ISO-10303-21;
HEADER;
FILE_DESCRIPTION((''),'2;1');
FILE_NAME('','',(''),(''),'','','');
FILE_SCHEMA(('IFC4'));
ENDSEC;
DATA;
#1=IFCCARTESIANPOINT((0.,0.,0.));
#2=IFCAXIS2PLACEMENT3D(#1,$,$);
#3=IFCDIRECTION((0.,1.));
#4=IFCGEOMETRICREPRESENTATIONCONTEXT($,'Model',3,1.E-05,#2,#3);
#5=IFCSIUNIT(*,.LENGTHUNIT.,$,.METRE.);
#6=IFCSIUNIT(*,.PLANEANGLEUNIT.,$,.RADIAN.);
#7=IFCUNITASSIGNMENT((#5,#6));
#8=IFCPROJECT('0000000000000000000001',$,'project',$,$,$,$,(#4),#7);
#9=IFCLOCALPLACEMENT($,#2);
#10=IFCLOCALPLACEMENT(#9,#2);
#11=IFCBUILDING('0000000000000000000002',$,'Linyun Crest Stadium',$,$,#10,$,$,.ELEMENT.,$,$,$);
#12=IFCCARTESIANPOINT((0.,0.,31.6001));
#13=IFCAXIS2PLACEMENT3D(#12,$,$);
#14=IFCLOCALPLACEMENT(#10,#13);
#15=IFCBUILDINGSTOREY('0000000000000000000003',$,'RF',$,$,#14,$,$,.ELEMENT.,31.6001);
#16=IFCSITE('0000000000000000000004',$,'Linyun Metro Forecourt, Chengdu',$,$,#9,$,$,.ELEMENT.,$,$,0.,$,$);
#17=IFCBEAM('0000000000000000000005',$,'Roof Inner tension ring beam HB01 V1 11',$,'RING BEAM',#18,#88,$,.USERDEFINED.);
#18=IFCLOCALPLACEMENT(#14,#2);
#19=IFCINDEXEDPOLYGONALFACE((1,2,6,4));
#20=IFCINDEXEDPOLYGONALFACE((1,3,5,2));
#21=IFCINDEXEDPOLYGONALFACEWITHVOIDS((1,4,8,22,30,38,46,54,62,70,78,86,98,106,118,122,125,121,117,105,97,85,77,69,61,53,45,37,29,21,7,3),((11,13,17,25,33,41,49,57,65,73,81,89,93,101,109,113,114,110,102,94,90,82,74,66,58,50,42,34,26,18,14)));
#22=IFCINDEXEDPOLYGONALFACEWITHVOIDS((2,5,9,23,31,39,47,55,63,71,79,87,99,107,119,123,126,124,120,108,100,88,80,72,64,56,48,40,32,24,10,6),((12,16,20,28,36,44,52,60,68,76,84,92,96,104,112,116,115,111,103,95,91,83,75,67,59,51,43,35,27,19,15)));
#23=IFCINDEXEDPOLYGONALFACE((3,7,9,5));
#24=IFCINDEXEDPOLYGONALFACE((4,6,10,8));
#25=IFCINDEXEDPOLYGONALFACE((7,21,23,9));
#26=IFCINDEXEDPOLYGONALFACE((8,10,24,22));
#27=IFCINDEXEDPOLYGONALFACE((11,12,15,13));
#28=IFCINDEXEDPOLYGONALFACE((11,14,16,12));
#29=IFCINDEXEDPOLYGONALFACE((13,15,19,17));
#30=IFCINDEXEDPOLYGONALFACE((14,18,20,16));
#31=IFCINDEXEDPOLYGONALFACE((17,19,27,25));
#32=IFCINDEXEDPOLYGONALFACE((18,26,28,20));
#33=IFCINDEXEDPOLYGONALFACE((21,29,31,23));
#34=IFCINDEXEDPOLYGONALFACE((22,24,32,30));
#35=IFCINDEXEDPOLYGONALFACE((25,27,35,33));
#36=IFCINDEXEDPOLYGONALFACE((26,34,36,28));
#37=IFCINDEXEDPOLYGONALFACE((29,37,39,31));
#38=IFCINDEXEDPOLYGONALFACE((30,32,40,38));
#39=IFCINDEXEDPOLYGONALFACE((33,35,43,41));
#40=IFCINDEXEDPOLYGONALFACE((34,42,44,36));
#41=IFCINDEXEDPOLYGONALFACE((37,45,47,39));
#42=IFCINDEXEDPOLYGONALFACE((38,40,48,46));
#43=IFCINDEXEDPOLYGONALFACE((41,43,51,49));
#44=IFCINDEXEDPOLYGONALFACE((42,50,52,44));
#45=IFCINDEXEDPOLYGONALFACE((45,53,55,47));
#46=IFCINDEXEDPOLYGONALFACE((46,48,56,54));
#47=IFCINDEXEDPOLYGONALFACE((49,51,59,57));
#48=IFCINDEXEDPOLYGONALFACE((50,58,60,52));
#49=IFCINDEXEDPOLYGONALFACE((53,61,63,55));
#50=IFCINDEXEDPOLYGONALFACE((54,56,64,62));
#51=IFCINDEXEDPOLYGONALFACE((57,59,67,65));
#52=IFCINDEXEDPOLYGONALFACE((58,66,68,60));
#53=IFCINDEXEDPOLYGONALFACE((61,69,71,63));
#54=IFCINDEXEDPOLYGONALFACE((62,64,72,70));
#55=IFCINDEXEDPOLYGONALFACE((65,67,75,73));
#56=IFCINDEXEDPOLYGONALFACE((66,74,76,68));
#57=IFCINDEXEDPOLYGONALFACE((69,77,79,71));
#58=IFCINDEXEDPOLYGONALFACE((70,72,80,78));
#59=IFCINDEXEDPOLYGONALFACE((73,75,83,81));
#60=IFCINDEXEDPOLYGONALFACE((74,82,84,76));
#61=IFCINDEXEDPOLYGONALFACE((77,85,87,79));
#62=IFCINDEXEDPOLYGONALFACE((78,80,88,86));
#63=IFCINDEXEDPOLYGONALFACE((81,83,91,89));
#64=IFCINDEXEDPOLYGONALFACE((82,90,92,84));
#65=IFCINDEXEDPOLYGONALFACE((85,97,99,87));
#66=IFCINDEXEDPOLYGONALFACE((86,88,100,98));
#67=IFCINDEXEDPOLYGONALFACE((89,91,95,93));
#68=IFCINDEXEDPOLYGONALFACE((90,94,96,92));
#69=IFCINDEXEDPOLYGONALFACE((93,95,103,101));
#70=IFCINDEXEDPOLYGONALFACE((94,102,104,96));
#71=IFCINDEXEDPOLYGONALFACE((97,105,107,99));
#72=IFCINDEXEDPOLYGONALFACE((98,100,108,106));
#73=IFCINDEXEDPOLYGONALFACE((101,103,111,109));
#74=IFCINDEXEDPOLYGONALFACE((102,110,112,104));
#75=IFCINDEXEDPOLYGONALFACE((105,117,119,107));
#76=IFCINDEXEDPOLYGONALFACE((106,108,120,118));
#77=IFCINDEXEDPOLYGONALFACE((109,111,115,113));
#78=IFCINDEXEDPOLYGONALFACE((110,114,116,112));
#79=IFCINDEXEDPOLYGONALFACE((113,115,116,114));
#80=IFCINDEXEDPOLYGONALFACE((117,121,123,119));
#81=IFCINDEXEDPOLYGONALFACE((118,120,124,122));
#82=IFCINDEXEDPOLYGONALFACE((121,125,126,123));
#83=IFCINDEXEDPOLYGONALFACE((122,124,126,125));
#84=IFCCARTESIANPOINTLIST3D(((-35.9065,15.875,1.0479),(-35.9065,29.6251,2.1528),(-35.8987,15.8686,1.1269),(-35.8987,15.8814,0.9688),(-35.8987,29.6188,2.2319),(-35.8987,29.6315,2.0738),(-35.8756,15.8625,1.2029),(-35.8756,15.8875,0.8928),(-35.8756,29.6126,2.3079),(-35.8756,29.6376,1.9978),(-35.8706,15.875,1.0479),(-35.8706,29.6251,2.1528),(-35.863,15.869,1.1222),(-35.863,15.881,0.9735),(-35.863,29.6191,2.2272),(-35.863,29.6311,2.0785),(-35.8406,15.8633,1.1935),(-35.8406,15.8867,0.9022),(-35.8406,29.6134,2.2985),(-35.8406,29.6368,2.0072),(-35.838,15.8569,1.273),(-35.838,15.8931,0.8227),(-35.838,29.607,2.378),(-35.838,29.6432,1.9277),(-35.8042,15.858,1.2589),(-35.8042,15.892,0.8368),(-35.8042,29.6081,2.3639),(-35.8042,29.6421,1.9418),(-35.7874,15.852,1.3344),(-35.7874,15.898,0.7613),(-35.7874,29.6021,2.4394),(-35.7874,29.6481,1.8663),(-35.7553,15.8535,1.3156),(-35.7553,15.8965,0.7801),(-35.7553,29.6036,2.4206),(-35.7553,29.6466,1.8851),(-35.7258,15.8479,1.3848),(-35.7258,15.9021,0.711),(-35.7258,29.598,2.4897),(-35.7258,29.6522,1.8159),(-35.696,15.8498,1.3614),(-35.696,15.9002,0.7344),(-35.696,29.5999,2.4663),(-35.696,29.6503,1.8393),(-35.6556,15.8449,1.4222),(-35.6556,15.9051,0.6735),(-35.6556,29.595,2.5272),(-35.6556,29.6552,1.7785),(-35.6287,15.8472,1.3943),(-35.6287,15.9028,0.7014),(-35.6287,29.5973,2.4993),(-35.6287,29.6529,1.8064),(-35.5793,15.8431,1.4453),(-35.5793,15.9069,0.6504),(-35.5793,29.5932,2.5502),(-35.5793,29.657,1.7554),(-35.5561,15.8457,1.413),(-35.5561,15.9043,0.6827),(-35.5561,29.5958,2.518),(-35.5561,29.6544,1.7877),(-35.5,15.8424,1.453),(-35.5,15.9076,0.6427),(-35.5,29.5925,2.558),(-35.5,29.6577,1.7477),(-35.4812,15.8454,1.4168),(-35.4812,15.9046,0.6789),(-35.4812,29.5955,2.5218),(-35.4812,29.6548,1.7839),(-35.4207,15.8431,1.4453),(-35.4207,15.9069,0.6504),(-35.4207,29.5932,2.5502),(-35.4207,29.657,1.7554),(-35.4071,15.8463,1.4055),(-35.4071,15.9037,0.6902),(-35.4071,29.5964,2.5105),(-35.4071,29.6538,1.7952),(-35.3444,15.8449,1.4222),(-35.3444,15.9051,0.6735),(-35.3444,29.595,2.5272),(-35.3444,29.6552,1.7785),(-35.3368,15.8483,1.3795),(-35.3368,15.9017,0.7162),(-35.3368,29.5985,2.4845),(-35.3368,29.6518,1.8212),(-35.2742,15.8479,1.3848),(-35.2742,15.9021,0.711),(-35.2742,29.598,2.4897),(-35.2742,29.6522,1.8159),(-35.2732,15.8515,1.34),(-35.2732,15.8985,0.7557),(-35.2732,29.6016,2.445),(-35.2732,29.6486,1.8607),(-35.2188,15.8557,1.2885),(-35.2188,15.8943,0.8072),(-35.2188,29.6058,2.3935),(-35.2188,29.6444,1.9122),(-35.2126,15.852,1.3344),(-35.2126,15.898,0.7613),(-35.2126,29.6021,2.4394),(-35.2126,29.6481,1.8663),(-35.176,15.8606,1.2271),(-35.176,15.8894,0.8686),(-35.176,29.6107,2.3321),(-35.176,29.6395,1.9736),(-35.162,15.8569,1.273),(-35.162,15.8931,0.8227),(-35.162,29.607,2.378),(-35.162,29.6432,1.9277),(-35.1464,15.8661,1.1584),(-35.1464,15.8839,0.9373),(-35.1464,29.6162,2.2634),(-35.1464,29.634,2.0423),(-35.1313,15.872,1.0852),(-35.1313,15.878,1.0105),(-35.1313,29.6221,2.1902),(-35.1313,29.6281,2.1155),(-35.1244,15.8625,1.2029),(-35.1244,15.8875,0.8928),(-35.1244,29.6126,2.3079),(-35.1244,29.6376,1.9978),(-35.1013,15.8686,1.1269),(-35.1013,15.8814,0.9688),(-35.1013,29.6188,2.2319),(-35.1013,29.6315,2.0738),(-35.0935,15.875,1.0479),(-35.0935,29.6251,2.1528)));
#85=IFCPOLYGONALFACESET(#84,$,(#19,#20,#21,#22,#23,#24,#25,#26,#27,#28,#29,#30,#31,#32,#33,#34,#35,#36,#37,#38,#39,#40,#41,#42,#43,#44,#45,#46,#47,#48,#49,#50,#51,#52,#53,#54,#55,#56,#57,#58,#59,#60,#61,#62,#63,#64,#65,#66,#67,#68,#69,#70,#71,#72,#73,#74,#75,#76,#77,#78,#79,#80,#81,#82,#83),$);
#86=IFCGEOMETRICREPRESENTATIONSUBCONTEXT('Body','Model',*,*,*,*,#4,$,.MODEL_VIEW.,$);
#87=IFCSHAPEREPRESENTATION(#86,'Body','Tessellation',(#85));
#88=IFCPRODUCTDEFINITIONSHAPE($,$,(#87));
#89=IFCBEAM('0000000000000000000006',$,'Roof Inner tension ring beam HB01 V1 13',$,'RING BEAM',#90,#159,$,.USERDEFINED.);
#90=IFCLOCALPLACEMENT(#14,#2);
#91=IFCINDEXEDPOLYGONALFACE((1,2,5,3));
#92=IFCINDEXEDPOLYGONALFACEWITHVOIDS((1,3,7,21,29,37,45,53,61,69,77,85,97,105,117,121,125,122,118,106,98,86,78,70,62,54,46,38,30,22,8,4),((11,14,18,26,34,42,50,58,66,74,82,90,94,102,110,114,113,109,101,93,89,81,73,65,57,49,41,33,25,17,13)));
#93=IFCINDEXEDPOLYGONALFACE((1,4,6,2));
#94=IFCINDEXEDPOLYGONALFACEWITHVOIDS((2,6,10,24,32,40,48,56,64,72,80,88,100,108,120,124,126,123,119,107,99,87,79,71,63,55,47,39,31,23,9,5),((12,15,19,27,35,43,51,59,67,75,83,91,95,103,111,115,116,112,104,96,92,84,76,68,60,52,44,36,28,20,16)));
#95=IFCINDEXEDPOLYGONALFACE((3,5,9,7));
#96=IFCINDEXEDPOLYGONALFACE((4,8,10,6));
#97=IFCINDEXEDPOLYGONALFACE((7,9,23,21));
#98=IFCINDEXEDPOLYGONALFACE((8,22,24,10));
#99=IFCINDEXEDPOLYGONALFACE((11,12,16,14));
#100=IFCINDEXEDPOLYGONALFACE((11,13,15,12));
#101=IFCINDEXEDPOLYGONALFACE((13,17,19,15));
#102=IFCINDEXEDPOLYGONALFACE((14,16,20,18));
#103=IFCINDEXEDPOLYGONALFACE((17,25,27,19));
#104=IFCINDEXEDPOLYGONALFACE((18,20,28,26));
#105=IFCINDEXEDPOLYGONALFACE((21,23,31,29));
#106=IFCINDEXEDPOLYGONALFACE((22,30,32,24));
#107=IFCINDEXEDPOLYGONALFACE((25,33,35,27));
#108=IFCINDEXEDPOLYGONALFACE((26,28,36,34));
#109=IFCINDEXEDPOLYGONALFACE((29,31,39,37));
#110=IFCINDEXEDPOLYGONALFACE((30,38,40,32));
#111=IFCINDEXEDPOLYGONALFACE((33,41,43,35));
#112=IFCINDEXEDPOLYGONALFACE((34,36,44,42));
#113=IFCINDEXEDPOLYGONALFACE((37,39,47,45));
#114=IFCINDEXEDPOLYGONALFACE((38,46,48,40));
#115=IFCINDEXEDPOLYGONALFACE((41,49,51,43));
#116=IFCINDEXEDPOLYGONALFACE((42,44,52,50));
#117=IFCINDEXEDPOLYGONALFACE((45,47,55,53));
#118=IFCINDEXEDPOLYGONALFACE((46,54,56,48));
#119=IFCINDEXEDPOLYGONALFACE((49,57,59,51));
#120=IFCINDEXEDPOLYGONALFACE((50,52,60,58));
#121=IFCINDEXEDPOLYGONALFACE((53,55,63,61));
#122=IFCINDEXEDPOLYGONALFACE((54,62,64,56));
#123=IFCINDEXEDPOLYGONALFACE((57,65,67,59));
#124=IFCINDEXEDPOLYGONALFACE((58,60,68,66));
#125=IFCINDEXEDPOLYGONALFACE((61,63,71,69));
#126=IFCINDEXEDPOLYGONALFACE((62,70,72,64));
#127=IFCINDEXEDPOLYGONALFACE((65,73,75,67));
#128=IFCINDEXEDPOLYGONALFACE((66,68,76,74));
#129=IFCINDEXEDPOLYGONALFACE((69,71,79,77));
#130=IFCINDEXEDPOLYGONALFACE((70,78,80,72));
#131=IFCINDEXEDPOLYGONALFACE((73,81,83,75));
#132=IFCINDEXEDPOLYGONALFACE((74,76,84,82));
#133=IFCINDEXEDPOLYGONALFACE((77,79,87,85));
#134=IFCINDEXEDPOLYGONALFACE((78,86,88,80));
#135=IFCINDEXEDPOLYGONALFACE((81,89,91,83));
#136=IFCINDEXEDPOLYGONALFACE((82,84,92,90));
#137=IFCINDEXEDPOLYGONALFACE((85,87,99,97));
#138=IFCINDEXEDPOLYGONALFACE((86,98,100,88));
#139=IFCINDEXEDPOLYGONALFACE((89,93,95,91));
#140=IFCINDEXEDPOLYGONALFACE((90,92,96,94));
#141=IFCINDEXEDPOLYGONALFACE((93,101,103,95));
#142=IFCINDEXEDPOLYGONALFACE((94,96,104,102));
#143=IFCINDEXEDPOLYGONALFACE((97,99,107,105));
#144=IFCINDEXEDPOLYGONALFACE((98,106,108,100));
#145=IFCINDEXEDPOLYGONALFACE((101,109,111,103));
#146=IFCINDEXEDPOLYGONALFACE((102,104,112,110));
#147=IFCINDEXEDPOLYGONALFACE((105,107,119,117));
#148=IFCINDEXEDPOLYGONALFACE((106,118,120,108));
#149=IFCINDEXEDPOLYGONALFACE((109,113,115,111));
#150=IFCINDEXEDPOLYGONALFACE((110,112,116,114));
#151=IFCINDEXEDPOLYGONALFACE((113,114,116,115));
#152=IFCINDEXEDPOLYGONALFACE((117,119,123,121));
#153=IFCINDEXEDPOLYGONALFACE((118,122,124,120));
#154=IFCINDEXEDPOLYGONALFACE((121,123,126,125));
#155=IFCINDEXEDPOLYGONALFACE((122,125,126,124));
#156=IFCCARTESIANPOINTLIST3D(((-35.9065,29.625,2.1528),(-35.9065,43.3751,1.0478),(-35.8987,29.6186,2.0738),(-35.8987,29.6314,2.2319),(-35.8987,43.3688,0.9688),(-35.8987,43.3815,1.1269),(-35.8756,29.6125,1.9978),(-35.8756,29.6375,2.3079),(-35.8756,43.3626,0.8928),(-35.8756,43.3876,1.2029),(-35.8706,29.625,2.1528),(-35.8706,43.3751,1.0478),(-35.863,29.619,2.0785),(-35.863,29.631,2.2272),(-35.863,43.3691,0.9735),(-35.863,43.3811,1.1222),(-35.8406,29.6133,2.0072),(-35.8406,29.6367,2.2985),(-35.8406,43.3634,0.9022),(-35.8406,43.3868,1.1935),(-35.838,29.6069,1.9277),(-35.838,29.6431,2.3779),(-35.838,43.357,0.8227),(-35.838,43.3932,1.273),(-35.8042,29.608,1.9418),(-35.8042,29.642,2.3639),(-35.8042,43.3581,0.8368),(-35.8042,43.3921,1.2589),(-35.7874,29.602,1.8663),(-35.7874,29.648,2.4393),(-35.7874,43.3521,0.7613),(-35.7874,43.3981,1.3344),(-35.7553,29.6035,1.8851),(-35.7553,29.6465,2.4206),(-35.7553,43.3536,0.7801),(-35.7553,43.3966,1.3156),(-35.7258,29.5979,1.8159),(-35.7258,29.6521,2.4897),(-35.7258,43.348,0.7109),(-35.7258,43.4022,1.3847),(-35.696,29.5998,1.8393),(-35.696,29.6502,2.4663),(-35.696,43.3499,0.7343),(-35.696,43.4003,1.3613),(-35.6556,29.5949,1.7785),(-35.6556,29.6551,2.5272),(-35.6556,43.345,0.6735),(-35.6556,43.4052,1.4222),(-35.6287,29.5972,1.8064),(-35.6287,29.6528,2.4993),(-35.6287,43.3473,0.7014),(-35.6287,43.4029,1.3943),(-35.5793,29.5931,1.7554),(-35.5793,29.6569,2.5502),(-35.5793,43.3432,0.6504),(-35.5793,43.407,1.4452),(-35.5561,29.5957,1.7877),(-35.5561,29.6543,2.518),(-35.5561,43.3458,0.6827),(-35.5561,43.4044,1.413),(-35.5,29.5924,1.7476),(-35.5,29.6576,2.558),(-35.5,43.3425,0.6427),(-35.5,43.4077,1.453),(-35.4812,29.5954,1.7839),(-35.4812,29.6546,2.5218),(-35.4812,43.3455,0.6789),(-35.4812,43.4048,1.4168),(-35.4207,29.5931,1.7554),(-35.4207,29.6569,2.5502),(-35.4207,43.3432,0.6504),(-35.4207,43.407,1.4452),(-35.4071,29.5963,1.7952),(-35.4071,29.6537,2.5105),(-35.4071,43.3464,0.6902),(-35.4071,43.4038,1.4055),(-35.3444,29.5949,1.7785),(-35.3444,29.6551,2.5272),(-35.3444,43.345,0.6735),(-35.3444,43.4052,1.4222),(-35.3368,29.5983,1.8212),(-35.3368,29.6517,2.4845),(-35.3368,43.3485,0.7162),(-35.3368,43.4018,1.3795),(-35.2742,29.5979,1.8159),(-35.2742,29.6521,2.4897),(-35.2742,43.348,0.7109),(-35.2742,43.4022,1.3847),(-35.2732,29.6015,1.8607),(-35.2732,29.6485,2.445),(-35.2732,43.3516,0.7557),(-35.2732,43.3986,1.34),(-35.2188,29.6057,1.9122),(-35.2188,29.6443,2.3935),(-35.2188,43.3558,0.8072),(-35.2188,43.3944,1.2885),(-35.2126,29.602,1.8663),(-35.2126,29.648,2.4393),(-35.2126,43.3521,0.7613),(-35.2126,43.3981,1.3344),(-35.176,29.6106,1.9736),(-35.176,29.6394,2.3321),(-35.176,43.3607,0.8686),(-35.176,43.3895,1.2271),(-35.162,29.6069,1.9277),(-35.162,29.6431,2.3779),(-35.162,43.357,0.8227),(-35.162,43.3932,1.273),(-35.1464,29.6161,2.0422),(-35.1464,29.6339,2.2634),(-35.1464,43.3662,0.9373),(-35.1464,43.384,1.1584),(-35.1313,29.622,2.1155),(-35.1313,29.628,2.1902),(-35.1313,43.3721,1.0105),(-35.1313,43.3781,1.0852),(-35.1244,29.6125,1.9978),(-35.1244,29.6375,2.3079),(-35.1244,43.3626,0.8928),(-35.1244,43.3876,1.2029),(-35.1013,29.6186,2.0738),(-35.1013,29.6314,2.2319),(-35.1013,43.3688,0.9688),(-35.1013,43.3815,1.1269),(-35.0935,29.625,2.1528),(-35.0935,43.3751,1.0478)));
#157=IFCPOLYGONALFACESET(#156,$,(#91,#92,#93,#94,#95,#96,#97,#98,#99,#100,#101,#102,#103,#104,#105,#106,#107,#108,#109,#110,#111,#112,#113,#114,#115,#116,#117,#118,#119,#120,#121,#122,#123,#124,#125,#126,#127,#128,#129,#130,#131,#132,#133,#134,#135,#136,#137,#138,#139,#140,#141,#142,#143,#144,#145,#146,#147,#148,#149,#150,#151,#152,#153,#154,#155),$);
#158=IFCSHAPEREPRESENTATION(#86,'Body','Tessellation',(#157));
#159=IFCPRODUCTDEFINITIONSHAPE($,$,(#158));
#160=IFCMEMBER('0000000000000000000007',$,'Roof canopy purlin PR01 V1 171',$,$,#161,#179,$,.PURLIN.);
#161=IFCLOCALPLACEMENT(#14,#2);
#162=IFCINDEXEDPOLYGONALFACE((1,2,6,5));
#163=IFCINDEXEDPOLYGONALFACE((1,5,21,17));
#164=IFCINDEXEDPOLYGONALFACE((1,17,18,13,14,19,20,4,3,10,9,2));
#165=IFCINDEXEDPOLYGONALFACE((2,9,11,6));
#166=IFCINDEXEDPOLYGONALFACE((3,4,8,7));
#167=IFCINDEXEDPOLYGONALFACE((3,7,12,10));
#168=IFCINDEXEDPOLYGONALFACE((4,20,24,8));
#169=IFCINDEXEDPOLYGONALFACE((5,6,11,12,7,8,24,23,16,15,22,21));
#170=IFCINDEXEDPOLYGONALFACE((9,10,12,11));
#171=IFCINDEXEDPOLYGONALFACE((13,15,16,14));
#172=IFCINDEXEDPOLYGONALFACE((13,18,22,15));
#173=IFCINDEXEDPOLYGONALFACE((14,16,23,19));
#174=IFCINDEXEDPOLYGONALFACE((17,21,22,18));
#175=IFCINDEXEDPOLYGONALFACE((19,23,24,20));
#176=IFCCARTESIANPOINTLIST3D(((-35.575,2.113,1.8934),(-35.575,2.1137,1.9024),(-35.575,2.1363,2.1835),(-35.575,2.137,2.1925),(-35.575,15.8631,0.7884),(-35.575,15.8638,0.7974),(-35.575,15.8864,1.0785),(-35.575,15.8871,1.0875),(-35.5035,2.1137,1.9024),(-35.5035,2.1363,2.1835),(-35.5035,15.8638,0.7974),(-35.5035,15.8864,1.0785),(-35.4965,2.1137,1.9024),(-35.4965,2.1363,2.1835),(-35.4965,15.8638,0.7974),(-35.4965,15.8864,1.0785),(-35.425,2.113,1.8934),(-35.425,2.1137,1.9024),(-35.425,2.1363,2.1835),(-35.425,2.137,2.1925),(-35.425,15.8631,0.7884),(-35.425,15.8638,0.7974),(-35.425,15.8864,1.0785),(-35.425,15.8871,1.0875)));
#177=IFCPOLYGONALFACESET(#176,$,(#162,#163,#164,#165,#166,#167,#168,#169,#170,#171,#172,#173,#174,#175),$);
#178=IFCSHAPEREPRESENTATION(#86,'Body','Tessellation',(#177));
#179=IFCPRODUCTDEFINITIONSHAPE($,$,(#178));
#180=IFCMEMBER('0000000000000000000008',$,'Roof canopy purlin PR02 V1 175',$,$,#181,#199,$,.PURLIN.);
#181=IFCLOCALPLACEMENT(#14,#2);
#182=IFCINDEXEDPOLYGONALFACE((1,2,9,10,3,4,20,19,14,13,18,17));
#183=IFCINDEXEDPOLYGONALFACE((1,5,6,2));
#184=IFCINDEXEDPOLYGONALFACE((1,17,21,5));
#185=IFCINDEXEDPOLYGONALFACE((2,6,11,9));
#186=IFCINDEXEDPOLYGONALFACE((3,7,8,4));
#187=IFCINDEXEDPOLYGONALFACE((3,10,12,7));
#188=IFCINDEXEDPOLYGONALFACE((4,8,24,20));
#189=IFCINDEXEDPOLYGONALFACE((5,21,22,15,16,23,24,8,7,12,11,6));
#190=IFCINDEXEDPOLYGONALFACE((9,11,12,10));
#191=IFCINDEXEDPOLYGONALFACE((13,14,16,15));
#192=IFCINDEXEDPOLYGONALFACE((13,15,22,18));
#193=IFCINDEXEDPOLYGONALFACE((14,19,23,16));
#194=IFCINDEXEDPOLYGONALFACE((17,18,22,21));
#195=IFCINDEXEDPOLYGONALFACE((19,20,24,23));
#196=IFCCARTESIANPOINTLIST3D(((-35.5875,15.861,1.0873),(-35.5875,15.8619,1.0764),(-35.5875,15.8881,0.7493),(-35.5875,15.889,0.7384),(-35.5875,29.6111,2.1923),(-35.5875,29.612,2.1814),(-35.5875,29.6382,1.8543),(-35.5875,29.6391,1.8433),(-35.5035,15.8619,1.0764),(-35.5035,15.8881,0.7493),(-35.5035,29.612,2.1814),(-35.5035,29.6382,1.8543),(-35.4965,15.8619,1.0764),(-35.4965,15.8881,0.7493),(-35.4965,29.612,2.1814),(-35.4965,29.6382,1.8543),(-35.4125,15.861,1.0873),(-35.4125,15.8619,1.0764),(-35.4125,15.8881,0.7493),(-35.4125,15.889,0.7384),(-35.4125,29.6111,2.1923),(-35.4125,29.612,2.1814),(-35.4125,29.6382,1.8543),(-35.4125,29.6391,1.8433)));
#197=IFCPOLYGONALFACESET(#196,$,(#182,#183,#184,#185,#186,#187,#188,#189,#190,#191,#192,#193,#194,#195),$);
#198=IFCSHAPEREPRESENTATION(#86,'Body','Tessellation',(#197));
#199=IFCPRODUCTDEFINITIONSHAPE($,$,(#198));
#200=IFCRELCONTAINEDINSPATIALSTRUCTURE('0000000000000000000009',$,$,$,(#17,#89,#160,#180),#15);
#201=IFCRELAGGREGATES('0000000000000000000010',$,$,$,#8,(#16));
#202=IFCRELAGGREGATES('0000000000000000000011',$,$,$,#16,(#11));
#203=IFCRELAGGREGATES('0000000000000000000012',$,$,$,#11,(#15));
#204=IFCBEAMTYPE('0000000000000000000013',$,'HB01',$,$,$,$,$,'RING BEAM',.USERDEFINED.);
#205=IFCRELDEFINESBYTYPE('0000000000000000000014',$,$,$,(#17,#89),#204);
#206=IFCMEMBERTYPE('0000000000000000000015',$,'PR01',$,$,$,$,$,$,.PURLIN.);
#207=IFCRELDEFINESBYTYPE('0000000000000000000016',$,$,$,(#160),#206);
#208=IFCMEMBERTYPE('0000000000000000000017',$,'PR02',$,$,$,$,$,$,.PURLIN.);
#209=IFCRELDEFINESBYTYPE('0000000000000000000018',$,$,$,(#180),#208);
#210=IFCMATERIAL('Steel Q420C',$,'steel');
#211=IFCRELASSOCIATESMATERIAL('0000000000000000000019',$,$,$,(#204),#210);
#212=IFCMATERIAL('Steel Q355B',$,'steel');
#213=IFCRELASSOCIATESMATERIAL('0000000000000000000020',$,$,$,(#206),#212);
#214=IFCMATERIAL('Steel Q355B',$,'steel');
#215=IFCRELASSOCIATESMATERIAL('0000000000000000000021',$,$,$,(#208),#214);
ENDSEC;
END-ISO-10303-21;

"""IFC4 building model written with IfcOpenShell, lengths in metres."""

from ifc_helpers import new_model, si_unit, direction, frame, origin, origin_2d, place, context, subcontext, project, spatial, hollow_circle, i_section, extrude, material, material_profile, profile_set, type_object, element, save


model = new_model("IFC4")

# Units and contexts
model_context = context("Model", 3, precision=1e-05, world=origin(), true_north=direction((0.0, 1.0)))
body_context = subcontext(model_context, "Body", "Model", "MODEL_VIEW")
ifc_project = project(units=[si_unit("LENGTHUNIT", "METRE"), si_unit("PLANEANGLEUNIT", "RADIAN")], contexts=[model_context])

# Site, building, storey
site_placement = place(None, origin())
site = spatial("IfcSite", under=ifc_project, at=site_placement, Name="Linyun Metro Forecourt, Chengdu", CompositionType="ELEMENT", RefElevation=0.0)
building_placement = place(site_placement, origin())
building = spatial("IfcBuilding", under=site, at=building_placement, Name="Linyun Crest Stadium", CompositionType="ELEMENT")
storey_placement = place(building_placement, frame((0.0, 0.0, 31.6001)))
storey = spatial("IfcBuildingStorey", under=building, at=storey_placement, Name="RF", CompositionType="ELEMENT", Elevation=31.6001)

# Beams
ifc_material_1 = material(Name="Steel Q420C", Category="steel")
ifc_material_profile_1 = material_profile(ifc_material_1, hollow_circle(Radius=0.4065, WallThickness=0.0359, at=origin_2d()), Name="CHS 813x36")
ifc_profile_set_1 = profile_set([ifc_material_profile_1], Name="Steel Q420C")
beam_type = type_object("IfcBeamType", Name="HB01", ElementType="RING BEAM", PredefinedType="USERDEFINED", material=ifc_profile_set_1)
for number, where, z_axis, x_axis, name in (
    (1, (-35.5, 15.875, 1.0479), (0.0, 0.996787, 0.080104), (-1.0, 0.0, 0.0), "Roof Inner tension ring beam HB01 V1 11"),
    (2, (-35.5, 29.625, 2.1528), (0.0, 0.996787, -0.080104), (-1.0, 0.0, 0.0), "Roof Inner tension ring beam HB01 V1 13"),
):
    element("IfcBeam", number, at=place(storey_placement, frame(where, z_axis=z_axis, x_axis=x_axis)), inside=storey, type_object=beam_type, Name=name, ObjectType="RING BEAM", PredefinedType="USERDEFINED", context=body_context, shape_type="SweptSolid", body=[
        extrude(hollow_circle(Radius=0.4065, WallThickness=0.0359, at=origin_2d()), origin(), (0.0, 0.0, 1.0), 13.7944),
    ])

# Members
ifc_material_2 = material(Name="Steel Q355B", Category="steel")
ifc_material_profile_2 = material_profile(ifc_material_2, i_section(OverallWidth=0.1499, OverallDepth=0.3, WebThickness=0.0071, FlangeThickness=0.009, at=origin_2d()), Name="HN 300x150")
ifc_profile_set_2 = profile_set([ifc_material_profile_2], Name="Steel Q355B")
member_type_1 = type_object("IfcMemberType", Name="PR01", PredefinedType="PURLIN", material=ifc_profile_set_2)
member_1_placement = place(storey_placement, frame((-35.5, 2.125, 2.043), z_axis=(0.0, 0.996787, -0.080104), x_axis=(-1.0, 0.0, 0.0)))
element("IfcMember", 3, at=member_1_placement, inside=storey, type_object=member_type_1, Name="Roof canopy purlin PR01 V1 171", PredefinedType="PURLIN", context=body_context, shape_type="SweptSolid", body=[
    extrude(i_section(OverallWidth=0.1499, OverallDepth=0.3, WebThickness=0.0071, FlangeThickness=0.009, at=origin_2d()), origin(), (0.0, 0.0, 1.0), 13.7944),
])
ifc_material_3 = material(Name="Steel Q355B", Category="steel")
ifc_material_profile_3 = material_profile(ifc_material_3, i_section(OverallWidth=0.175, OverallDepth=0.3501, WebThickness=0.0071, FlangeThickness=0.011, at=origin_2d()), Name="HN 350x175")
ifc_profile_set_3 = profile_set([ifc_material_profile_3], Name="Steel Q355B")
member_type_2 = type_object("IfcMemberType", Name="PR02", PredefinedType="PURLIN", material=ifc_profile_set_3)
member_2_placement = place(storey_placement, frame((-35.5, 15.875, 0.9128), z_axis=(0.0, 0.996787, 0.080104), x_axis=(-1.0, 0.0, 0.0)))
element("IfcMember", 4, at=member_2_placement, inside=storey, type_object=member_type_2, Name="Roof canopy purlin PR02 V1 175", PredefinedType="PURLIN", context=body_context, shape_type="SweptSolid", body=[
    extrude(i_section(OverallWidth=0.175, OverallDepth=0.3501, WebThickness=0.0071, FlangeThickness=0.011, at=origin_2d()), origin(), (0.0, 0.0, 1.0), 13.7944),
])

save(model, "model.ifc")
